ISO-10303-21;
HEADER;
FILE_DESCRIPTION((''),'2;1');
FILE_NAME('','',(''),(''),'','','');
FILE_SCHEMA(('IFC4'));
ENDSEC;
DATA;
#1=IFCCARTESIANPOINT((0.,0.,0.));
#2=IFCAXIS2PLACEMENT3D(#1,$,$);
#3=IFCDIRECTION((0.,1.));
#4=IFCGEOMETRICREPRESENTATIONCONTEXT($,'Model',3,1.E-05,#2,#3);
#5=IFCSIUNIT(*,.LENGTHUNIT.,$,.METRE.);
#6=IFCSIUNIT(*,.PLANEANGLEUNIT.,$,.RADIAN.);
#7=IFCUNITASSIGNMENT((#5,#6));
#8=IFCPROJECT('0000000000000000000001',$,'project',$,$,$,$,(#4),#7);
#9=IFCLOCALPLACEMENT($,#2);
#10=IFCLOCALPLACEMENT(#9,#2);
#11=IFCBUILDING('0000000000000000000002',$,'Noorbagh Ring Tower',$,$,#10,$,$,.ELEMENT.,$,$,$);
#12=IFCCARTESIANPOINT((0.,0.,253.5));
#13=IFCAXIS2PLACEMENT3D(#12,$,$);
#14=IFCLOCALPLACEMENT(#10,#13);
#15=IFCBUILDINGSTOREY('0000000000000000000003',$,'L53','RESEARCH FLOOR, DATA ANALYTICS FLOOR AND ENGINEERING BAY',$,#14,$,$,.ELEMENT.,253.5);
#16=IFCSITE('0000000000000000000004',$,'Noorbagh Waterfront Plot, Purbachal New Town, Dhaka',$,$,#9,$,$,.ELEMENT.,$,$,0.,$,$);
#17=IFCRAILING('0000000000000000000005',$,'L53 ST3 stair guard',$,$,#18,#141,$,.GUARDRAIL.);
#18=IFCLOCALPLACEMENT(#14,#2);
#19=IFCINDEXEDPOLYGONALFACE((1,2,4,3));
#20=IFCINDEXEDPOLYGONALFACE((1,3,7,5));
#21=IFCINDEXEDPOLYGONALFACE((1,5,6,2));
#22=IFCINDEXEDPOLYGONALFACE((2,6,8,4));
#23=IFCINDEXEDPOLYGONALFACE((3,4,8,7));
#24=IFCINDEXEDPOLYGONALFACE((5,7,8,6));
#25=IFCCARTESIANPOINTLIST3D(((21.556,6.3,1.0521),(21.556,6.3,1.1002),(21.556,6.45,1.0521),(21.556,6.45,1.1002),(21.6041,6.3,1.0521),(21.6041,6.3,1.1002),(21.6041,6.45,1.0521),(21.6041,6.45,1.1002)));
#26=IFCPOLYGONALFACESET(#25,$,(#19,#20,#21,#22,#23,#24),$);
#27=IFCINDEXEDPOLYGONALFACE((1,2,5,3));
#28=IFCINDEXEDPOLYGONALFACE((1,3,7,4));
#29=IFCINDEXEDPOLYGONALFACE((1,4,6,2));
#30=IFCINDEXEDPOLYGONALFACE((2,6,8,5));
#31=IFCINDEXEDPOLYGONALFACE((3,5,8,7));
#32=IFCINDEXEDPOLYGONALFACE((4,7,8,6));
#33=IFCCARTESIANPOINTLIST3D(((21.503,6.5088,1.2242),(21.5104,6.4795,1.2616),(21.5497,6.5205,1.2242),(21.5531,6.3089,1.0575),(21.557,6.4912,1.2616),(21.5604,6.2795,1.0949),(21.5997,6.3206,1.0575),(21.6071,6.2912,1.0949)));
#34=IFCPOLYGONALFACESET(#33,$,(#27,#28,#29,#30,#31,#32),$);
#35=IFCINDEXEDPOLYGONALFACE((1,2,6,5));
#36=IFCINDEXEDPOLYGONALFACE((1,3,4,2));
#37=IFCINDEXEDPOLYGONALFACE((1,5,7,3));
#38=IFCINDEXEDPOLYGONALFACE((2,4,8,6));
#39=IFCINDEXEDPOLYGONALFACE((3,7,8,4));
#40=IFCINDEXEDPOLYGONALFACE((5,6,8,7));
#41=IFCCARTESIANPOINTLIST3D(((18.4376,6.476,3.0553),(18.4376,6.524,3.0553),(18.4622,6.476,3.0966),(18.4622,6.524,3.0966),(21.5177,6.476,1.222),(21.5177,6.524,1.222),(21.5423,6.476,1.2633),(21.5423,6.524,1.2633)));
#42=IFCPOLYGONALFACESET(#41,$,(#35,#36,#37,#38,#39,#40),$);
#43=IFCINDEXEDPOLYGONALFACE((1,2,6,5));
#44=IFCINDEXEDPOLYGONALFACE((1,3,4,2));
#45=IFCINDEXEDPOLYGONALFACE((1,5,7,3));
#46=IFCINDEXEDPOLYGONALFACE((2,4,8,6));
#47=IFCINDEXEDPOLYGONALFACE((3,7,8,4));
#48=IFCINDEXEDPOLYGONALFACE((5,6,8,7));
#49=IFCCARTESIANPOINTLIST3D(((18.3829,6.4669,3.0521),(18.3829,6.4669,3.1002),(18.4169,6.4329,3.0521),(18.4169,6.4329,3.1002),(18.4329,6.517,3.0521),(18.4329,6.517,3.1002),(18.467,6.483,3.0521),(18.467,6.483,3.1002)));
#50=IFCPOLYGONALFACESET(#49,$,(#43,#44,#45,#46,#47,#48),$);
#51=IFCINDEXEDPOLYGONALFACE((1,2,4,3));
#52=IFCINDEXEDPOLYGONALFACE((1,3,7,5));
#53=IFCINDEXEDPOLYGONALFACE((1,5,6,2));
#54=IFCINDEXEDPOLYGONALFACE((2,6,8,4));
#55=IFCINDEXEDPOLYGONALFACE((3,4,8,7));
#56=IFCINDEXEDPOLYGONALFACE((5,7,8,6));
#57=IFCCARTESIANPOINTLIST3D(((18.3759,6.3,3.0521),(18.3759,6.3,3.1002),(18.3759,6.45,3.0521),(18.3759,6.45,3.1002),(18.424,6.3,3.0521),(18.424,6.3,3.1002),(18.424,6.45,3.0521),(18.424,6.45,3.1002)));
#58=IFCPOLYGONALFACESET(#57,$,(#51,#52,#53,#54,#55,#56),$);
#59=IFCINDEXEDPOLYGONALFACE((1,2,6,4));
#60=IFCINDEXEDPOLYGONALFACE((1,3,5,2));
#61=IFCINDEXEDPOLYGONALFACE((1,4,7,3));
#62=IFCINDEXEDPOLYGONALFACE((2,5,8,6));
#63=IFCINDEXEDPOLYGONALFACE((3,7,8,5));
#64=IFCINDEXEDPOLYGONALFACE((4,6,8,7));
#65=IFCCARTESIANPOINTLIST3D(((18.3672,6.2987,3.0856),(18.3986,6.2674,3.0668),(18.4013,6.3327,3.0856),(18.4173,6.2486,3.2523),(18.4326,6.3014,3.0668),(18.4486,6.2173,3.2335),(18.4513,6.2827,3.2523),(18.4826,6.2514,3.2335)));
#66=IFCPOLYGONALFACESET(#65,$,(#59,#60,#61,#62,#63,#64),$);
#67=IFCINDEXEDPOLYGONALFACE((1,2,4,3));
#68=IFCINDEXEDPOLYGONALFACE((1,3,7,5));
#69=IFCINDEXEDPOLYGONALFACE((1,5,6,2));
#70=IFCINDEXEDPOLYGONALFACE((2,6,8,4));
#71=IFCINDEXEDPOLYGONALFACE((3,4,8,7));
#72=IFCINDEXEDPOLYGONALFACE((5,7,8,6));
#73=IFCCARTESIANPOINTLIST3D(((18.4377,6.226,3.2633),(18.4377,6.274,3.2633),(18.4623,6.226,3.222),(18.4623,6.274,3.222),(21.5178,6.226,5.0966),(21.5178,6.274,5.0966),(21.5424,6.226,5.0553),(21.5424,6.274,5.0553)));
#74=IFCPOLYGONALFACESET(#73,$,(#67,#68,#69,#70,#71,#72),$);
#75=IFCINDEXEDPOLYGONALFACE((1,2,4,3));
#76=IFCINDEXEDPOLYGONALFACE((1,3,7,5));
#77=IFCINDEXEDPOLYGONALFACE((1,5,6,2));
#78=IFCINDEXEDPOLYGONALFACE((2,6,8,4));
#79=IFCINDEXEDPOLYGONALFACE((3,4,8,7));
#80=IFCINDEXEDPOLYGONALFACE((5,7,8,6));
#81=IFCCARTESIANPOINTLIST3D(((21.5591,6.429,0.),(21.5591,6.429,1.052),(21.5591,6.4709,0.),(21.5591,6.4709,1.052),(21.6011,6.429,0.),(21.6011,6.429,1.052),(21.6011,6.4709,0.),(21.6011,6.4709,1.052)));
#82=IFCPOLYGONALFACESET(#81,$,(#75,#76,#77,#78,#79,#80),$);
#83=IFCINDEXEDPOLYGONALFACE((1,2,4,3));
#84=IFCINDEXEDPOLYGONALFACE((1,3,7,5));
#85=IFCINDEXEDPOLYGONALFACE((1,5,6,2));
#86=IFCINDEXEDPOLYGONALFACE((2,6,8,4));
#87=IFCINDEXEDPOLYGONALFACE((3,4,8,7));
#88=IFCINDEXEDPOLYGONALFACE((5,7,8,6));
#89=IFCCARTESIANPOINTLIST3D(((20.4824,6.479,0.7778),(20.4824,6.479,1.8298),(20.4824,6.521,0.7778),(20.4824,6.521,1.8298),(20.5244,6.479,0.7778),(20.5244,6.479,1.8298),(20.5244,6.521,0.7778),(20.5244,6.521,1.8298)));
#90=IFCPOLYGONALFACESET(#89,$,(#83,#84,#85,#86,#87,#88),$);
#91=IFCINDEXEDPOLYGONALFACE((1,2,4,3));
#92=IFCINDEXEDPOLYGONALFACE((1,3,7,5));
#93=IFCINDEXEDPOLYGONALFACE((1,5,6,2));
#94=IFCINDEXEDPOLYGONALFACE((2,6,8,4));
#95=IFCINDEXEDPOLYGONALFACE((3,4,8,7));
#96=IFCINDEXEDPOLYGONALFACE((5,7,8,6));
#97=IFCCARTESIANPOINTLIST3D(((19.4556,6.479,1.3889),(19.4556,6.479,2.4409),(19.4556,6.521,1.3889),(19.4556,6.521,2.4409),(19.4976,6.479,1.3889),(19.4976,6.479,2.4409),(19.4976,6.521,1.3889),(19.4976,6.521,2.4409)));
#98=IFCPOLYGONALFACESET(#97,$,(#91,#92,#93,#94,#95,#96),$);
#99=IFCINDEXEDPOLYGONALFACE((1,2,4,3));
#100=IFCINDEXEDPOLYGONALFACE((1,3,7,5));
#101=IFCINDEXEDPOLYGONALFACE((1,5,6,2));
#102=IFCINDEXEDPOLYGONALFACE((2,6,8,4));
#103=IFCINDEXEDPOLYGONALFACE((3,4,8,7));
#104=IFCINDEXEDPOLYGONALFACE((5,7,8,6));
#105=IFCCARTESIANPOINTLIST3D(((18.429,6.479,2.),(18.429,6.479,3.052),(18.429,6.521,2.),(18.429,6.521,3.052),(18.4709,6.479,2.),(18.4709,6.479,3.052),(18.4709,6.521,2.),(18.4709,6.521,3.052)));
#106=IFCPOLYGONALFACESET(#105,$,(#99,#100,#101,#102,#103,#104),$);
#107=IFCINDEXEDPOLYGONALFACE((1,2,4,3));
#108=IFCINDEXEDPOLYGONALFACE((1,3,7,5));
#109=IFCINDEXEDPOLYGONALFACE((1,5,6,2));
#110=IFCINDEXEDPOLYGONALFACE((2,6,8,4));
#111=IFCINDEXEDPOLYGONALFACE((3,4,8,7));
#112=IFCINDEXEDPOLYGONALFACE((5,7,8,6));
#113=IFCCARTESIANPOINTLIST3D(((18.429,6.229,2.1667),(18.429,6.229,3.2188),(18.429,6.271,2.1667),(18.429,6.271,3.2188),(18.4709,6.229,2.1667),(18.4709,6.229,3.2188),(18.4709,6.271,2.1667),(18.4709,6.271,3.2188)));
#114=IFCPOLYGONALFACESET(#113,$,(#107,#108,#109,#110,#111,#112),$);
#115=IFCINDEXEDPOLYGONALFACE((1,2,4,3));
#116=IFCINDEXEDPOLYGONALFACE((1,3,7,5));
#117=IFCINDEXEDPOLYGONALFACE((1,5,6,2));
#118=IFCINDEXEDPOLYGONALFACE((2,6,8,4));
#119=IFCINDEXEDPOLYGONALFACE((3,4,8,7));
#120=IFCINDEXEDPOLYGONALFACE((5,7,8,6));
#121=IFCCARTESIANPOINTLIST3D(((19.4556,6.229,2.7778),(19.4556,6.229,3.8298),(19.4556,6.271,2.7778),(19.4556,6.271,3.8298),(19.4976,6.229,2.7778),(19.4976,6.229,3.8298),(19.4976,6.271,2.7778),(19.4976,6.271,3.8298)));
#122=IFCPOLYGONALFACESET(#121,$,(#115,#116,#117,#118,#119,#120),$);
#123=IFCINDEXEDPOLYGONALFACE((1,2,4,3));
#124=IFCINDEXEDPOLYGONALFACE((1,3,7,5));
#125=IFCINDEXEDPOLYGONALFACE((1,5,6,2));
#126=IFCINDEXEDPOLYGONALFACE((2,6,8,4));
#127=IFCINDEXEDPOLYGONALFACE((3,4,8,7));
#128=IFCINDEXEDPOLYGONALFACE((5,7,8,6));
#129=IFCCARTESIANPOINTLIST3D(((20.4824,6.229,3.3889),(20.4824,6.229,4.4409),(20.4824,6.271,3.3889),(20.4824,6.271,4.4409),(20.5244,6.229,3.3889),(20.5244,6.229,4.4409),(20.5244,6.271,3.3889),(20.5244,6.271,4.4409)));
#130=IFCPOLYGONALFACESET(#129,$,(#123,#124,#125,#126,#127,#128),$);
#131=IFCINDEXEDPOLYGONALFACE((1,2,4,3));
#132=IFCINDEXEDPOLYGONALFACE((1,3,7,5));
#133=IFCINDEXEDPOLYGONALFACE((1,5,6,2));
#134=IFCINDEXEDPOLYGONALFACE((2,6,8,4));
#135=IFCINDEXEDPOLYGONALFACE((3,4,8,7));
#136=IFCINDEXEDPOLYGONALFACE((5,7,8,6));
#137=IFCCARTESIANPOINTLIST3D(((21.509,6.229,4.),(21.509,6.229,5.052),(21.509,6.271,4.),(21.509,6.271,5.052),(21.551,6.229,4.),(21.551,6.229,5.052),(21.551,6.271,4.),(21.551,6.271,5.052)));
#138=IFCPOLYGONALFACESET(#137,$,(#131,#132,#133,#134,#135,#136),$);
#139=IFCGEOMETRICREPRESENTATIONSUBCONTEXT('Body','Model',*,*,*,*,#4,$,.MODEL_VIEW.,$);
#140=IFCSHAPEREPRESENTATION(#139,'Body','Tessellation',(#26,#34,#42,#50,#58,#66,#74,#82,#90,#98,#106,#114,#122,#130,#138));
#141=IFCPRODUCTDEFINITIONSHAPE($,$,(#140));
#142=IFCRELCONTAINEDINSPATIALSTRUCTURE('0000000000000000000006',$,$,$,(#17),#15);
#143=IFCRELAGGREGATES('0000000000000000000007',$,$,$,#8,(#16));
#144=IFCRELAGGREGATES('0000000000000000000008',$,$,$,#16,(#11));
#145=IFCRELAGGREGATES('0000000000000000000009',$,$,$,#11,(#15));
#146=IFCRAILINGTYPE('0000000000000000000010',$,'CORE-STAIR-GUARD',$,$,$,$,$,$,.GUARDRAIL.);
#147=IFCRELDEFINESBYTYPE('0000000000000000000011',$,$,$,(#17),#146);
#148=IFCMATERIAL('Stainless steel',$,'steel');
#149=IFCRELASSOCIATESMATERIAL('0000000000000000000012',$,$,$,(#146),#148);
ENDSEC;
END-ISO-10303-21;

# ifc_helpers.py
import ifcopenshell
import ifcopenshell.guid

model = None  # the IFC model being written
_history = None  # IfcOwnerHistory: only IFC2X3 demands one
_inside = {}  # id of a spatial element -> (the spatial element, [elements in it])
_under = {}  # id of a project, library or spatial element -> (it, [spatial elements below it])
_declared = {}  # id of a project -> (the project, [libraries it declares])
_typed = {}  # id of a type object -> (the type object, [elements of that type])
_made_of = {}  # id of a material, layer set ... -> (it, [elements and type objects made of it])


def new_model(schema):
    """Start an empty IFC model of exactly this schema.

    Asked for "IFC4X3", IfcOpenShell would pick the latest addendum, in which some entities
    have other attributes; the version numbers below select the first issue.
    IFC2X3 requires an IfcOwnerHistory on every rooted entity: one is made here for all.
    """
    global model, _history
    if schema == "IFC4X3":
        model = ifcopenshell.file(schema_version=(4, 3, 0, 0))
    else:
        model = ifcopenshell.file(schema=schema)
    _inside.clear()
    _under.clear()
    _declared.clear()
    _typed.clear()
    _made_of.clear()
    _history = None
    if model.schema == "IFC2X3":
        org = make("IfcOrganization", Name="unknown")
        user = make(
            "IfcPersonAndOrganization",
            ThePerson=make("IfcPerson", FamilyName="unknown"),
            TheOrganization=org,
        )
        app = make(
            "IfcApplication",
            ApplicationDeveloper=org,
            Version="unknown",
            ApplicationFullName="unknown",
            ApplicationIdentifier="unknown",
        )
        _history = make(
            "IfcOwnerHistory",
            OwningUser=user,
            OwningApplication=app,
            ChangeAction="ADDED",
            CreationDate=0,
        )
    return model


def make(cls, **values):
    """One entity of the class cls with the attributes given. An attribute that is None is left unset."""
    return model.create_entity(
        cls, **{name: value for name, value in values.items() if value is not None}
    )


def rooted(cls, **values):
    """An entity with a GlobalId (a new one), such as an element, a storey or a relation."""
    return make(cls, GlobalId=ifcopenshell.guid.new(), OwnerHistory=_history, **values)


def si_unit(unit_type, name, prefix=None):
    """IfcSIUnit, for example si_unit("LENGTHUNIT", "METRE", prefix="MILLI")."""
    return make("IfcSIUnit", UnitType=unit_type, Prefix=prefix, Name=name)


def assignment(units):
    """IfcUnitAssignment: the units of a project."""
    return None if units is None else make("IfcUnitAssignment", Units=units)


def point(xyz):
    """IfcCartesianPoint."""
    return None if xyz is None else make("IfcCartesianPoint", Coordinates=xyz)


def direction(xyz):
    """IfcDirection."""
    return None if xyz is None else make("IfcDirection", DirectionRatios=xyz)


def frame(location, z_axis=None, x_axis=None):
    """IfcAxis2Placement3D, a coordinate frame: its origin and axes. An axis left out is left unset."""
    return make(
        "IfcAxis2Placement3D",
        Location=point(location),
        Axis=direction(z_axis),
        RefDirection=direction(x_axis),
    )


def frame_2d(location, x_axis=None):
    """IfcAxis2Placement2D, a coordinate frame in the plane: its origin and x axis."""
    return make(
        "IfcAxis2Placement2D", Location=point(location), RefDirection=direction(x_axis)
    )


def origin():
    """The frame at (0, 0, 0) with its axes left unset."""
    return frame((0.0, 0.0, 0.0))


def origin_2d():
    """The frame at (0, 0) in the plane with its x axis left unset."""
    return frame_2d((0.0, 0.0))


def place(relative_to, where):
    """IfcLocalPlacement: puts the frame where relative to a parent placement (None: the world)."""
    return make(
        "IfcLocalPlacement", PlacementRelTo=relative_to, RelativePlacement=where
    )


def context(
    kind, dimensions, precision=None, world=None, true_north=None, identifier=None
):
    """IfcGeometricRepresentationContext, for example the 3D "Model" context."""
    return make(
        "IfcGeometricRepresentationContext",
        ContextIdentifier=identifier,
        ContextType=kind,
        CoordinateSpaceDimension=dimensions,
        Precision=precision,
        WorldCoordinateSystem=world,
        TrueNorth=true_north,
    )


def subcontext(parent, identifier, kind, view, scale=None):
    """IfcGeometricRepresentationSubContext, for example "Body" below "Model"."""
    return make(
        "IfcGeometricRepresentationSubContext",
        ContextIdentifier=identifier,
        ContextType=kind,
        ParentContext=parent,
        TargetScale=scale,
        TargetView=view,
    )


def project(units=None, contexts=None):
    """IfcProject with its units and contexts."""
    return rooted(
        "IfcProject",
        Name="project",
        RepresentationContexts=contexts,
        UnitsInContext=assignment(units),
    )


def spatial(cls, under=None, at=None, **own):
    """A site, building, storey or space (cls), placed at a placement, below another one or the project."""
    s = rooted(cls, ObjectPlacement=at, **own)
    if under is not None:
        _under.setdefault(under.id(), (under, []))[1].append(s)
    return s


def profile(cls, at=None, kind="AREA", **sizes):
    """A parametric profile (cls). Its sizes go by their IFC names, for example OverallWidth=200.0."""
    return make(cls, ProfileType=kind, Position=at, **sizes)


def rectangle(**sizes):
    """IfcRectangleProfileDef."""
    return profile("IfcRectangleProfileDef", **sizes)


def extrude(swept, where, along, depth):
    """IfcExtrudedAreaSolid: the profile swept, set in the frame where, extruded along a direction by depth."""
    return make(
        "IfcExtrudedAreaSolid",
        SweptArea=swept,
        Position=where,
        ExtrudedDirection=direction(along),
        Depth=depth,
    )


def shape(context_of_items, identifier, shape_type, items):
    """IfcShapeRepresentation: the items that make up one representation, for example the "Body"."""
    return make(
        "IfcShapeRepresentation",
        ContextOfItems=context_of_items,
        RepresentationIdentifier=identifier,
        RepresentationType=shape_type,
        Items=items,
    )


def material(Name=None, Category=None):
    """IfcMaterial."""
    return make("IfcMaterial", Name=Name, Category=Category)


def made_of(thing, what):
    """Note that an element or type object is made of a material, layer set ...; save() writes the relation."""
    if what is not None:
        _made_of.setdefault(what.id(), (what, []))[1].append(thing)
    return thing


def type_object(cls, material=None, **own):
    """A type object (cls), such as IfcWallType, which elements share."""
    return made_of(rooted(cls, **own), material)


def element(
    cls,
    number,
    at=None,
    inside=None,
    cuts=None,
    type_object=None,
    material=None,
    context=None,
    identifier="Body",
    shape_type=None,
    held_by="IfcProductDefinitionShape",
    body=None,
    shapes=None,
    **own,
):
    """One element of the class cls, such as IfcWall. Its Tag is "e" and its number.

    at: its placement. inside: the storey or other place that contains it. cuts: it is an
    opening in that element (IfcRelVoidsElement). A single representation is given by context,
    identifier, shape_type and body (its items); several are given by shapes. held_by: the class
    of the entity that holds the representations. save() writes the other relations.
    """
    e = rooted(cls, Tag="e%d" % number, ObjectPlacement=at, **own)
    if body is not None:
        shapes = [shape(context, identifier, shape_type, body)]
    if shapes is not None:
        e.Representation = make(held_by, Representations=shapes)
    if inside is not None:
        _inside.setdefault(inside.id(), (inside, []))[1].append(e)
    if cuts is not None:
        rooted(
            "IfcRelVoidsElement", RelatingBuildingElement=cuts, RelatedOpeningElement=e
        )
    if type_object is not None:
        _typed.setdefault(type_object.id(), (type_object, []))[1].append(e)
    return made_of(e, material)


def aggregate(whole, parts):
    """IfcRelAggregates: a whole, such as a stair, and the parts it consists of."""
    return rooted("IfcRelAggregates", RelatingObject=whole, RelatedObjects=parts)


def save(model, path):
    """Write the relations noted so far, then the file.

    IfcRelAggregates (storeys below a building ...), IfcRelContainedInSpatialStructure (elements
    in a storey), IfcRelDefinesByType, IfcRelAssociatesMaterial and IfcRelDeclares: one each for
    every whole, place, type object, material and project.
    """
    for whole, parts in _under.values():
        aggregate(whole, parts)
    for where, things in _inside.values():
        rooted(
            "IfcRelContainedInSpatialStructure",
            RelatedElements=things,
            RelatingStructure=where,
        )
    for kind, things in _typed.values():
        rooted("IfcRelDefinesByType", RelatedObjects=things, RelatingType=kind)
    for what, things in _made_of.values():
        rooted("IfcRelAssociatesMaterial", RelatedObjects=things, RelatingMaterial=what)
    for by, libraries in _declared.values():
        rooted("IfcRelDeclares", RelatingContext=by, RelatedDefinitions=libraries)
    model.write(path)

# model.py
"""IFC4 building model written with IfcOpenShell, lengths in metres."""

from ifc_helpers import new_model, si_unit, direction, frame, origin, origin_2d, place, context, subcontext, project, spatial, rectangle, extrude, material, type_object, element, save


model = new_model("IFC4")

# Units and contexts
model_context = context("Model", 3, precision=1e-05, world=origin(), true_north=direction((0.0, 1.0)))
body_context = subcontext(model_context, "Body", "Model", "MODEL_VIEW")
ifc_project = project(units=[si_unit("LENGTHUNIT", "METRE"), si_unit("PLANEANGLEUNIT", "RADIAN")], contexts=[model_context])

# Site, building, storey
site_placement = place(None, origin())
site = spatial("IfcSite", under=ifc_project, at=site_placement, Name="Noorbagh Waterfront Plot, Purbachal New Town, Dhaka", CompositionType="ELEMENT", RefElevation=0.0)
building_placement = place(site_placement, origin())
building = spatial("IfcBuilding", under=site, at=building_placement, Name="Noorbagh Ring Tower", CompositionType="ELEMENT")
storey_placement = place(building_placement, frame((0.0, 0.0, 253.5)))
storey = spatial("IfcBuildingStorey", under=building, at=storey_placement, Name="L53", Description="RESEARCH FLOOR, DATA ANALYTICS FLOOR AND ENGINEERING BAY", CompositionType="ELEMENT", Elevation=253.5)

# Railing
ifc_material_1 = material(Name="Stainless steel", Category="steel")
railing_type_1 = type_object("IfcRailingType", Name="CORE-STAIR-GUARD", PredefinedType="GUARDRAIL", material=ifc_material_1)
railing_1_placement = place(storey_placement, frame((21.5801, 6.45, 0.0)))
element("IfcRailing", 1, at=railing_1_placement, inside=storey, type_object=railing_type_1, Name="L53 ST3 stair guard", PredefinedType="GUARDRAIL", context=body_context, shape_type="SweptSolid", body=[
    extrude(rectangle(XDim=0.0481, YDim=0.0481, at=origin_2d()), frame((0.0, 0.0, 1.0762), z_axis=(0.0, -1.0, 0.0), x_axis=(1.0, 0.0, 0.0)), (0.0, 0.0, 1.0), 0.1499),
    extrude(rectangle(XDim=0.0481, YDim=0.0481, at=origin_2d()), frame((0.0, -0.1499, 1.0762), z_axis=(-0.188776, 0.754182, 0.628946), x_axis=(-0.970073, -0.242814, 0.0)), (0.0, 0.0, 1.0), 0.2651),
    extrude(rectangle(XDim=0.0481, YDim=0.0481, at=origin_2d()), frame((-0.05, 0.05, 1.2427), z_axis=(-0.859309, 0.0, 0.511458), x_axis=(0.0, -1.0, 0.0)), (0.0, 0.0, 1.0), 3.5845),
    extrude(rectangle(XDim=0.0481, YDim=0.0481, at=origin_2d()), frame((-3.1301, 0.05, 3.0762), z_axis=(-0.707107, -0.707107, 0.0), x_axis=(0.707107, -0.707107, 0.0)), (0.0, 0.0, 1.0), 0.0708),
    extrude(rectangle(XDim=0.0481, YDim=0.0481, at=origin_2d()), frame((-3.1802, 0.0, 3.0762), z_axis=(0.0, -1.0, 0.0), x_axis=(1.0, 0.0, 0.0)), (0.0, 0.0, 1.0), 0.1499),
    extrude(rectangle(XDim=0.0481, YDim=0.0481, at=origin_2d()), frame((-3.1802, -0.1499, 3.0762), z_axis=(0.276287, -0.276287, 0.920506), x_axis=(0.707107, 0.707107, 0.0)), (0.0, 0.0, 1.0), 0.1812),
    extrude(rectangle(XDim=0.0481, YDim=0.0481, at=origin_2d()), frame((-3.1301, -0.2, 3.2427), z_axis=(0.859309, 0.0, 0.511458), x_axis=(0.0, 1.0, 0.0)), (0.0, 0.0, 1.0), 3.5845),
    extrude(rectangle(XDim=0.042, YDim=0.042, at=origin_2d()), origin(), (0.0, 0.0, 1.0), 1.052),
    extrude(rectangle(XDim=0.042, YDim=0.042, at=origin_2d()), frame((-1.0767, 0.05, 0.7778)), (0.0, 0.0, 1.0), 1.052),
    extrude(rectangle(XDim=0.042, YDim=0.042, at=origin_2d()), frame((-2.1035, 0.05, 1.3889)), (0.0, 0.0, 1.0), 1.052),
    extrude(rectangle(XDim=0.042, YDim=0.042, at=origin_2d()), frame((-3.1301, 0.05, 2.0)), (0.0, 0.0, 1.0), 1.052),
    extrude(rectangle(XDim=0.042, YDim=0.042, at=origin_2d()), frame((-3.1301, -0.2, 2.1667)), (0.0, 0.0, 1.0), 1.052),
    extrude(rectangle(XDim=0.042, YDim=0.042, at=origin_2d()), frame((-2.1035, -0.2, 2.7778)), (0.0, 0.0, 1.0), 1.052),
    extrude(rectangle(XDim=0.042, YDim=0.042, at=origin_2d()), frame((-1.0767, -0.2, 3.3889)), (0.0, 0.0, 1.0), 1.052),
    extrude(rectangle(XDim=0.042, YDim=0.042, at=origin_2d()), frame((-0.05, -0.2, 4.0)), (0.0, 0.0, 1.0), 1.052),
])

save(model, "model.ifc")
